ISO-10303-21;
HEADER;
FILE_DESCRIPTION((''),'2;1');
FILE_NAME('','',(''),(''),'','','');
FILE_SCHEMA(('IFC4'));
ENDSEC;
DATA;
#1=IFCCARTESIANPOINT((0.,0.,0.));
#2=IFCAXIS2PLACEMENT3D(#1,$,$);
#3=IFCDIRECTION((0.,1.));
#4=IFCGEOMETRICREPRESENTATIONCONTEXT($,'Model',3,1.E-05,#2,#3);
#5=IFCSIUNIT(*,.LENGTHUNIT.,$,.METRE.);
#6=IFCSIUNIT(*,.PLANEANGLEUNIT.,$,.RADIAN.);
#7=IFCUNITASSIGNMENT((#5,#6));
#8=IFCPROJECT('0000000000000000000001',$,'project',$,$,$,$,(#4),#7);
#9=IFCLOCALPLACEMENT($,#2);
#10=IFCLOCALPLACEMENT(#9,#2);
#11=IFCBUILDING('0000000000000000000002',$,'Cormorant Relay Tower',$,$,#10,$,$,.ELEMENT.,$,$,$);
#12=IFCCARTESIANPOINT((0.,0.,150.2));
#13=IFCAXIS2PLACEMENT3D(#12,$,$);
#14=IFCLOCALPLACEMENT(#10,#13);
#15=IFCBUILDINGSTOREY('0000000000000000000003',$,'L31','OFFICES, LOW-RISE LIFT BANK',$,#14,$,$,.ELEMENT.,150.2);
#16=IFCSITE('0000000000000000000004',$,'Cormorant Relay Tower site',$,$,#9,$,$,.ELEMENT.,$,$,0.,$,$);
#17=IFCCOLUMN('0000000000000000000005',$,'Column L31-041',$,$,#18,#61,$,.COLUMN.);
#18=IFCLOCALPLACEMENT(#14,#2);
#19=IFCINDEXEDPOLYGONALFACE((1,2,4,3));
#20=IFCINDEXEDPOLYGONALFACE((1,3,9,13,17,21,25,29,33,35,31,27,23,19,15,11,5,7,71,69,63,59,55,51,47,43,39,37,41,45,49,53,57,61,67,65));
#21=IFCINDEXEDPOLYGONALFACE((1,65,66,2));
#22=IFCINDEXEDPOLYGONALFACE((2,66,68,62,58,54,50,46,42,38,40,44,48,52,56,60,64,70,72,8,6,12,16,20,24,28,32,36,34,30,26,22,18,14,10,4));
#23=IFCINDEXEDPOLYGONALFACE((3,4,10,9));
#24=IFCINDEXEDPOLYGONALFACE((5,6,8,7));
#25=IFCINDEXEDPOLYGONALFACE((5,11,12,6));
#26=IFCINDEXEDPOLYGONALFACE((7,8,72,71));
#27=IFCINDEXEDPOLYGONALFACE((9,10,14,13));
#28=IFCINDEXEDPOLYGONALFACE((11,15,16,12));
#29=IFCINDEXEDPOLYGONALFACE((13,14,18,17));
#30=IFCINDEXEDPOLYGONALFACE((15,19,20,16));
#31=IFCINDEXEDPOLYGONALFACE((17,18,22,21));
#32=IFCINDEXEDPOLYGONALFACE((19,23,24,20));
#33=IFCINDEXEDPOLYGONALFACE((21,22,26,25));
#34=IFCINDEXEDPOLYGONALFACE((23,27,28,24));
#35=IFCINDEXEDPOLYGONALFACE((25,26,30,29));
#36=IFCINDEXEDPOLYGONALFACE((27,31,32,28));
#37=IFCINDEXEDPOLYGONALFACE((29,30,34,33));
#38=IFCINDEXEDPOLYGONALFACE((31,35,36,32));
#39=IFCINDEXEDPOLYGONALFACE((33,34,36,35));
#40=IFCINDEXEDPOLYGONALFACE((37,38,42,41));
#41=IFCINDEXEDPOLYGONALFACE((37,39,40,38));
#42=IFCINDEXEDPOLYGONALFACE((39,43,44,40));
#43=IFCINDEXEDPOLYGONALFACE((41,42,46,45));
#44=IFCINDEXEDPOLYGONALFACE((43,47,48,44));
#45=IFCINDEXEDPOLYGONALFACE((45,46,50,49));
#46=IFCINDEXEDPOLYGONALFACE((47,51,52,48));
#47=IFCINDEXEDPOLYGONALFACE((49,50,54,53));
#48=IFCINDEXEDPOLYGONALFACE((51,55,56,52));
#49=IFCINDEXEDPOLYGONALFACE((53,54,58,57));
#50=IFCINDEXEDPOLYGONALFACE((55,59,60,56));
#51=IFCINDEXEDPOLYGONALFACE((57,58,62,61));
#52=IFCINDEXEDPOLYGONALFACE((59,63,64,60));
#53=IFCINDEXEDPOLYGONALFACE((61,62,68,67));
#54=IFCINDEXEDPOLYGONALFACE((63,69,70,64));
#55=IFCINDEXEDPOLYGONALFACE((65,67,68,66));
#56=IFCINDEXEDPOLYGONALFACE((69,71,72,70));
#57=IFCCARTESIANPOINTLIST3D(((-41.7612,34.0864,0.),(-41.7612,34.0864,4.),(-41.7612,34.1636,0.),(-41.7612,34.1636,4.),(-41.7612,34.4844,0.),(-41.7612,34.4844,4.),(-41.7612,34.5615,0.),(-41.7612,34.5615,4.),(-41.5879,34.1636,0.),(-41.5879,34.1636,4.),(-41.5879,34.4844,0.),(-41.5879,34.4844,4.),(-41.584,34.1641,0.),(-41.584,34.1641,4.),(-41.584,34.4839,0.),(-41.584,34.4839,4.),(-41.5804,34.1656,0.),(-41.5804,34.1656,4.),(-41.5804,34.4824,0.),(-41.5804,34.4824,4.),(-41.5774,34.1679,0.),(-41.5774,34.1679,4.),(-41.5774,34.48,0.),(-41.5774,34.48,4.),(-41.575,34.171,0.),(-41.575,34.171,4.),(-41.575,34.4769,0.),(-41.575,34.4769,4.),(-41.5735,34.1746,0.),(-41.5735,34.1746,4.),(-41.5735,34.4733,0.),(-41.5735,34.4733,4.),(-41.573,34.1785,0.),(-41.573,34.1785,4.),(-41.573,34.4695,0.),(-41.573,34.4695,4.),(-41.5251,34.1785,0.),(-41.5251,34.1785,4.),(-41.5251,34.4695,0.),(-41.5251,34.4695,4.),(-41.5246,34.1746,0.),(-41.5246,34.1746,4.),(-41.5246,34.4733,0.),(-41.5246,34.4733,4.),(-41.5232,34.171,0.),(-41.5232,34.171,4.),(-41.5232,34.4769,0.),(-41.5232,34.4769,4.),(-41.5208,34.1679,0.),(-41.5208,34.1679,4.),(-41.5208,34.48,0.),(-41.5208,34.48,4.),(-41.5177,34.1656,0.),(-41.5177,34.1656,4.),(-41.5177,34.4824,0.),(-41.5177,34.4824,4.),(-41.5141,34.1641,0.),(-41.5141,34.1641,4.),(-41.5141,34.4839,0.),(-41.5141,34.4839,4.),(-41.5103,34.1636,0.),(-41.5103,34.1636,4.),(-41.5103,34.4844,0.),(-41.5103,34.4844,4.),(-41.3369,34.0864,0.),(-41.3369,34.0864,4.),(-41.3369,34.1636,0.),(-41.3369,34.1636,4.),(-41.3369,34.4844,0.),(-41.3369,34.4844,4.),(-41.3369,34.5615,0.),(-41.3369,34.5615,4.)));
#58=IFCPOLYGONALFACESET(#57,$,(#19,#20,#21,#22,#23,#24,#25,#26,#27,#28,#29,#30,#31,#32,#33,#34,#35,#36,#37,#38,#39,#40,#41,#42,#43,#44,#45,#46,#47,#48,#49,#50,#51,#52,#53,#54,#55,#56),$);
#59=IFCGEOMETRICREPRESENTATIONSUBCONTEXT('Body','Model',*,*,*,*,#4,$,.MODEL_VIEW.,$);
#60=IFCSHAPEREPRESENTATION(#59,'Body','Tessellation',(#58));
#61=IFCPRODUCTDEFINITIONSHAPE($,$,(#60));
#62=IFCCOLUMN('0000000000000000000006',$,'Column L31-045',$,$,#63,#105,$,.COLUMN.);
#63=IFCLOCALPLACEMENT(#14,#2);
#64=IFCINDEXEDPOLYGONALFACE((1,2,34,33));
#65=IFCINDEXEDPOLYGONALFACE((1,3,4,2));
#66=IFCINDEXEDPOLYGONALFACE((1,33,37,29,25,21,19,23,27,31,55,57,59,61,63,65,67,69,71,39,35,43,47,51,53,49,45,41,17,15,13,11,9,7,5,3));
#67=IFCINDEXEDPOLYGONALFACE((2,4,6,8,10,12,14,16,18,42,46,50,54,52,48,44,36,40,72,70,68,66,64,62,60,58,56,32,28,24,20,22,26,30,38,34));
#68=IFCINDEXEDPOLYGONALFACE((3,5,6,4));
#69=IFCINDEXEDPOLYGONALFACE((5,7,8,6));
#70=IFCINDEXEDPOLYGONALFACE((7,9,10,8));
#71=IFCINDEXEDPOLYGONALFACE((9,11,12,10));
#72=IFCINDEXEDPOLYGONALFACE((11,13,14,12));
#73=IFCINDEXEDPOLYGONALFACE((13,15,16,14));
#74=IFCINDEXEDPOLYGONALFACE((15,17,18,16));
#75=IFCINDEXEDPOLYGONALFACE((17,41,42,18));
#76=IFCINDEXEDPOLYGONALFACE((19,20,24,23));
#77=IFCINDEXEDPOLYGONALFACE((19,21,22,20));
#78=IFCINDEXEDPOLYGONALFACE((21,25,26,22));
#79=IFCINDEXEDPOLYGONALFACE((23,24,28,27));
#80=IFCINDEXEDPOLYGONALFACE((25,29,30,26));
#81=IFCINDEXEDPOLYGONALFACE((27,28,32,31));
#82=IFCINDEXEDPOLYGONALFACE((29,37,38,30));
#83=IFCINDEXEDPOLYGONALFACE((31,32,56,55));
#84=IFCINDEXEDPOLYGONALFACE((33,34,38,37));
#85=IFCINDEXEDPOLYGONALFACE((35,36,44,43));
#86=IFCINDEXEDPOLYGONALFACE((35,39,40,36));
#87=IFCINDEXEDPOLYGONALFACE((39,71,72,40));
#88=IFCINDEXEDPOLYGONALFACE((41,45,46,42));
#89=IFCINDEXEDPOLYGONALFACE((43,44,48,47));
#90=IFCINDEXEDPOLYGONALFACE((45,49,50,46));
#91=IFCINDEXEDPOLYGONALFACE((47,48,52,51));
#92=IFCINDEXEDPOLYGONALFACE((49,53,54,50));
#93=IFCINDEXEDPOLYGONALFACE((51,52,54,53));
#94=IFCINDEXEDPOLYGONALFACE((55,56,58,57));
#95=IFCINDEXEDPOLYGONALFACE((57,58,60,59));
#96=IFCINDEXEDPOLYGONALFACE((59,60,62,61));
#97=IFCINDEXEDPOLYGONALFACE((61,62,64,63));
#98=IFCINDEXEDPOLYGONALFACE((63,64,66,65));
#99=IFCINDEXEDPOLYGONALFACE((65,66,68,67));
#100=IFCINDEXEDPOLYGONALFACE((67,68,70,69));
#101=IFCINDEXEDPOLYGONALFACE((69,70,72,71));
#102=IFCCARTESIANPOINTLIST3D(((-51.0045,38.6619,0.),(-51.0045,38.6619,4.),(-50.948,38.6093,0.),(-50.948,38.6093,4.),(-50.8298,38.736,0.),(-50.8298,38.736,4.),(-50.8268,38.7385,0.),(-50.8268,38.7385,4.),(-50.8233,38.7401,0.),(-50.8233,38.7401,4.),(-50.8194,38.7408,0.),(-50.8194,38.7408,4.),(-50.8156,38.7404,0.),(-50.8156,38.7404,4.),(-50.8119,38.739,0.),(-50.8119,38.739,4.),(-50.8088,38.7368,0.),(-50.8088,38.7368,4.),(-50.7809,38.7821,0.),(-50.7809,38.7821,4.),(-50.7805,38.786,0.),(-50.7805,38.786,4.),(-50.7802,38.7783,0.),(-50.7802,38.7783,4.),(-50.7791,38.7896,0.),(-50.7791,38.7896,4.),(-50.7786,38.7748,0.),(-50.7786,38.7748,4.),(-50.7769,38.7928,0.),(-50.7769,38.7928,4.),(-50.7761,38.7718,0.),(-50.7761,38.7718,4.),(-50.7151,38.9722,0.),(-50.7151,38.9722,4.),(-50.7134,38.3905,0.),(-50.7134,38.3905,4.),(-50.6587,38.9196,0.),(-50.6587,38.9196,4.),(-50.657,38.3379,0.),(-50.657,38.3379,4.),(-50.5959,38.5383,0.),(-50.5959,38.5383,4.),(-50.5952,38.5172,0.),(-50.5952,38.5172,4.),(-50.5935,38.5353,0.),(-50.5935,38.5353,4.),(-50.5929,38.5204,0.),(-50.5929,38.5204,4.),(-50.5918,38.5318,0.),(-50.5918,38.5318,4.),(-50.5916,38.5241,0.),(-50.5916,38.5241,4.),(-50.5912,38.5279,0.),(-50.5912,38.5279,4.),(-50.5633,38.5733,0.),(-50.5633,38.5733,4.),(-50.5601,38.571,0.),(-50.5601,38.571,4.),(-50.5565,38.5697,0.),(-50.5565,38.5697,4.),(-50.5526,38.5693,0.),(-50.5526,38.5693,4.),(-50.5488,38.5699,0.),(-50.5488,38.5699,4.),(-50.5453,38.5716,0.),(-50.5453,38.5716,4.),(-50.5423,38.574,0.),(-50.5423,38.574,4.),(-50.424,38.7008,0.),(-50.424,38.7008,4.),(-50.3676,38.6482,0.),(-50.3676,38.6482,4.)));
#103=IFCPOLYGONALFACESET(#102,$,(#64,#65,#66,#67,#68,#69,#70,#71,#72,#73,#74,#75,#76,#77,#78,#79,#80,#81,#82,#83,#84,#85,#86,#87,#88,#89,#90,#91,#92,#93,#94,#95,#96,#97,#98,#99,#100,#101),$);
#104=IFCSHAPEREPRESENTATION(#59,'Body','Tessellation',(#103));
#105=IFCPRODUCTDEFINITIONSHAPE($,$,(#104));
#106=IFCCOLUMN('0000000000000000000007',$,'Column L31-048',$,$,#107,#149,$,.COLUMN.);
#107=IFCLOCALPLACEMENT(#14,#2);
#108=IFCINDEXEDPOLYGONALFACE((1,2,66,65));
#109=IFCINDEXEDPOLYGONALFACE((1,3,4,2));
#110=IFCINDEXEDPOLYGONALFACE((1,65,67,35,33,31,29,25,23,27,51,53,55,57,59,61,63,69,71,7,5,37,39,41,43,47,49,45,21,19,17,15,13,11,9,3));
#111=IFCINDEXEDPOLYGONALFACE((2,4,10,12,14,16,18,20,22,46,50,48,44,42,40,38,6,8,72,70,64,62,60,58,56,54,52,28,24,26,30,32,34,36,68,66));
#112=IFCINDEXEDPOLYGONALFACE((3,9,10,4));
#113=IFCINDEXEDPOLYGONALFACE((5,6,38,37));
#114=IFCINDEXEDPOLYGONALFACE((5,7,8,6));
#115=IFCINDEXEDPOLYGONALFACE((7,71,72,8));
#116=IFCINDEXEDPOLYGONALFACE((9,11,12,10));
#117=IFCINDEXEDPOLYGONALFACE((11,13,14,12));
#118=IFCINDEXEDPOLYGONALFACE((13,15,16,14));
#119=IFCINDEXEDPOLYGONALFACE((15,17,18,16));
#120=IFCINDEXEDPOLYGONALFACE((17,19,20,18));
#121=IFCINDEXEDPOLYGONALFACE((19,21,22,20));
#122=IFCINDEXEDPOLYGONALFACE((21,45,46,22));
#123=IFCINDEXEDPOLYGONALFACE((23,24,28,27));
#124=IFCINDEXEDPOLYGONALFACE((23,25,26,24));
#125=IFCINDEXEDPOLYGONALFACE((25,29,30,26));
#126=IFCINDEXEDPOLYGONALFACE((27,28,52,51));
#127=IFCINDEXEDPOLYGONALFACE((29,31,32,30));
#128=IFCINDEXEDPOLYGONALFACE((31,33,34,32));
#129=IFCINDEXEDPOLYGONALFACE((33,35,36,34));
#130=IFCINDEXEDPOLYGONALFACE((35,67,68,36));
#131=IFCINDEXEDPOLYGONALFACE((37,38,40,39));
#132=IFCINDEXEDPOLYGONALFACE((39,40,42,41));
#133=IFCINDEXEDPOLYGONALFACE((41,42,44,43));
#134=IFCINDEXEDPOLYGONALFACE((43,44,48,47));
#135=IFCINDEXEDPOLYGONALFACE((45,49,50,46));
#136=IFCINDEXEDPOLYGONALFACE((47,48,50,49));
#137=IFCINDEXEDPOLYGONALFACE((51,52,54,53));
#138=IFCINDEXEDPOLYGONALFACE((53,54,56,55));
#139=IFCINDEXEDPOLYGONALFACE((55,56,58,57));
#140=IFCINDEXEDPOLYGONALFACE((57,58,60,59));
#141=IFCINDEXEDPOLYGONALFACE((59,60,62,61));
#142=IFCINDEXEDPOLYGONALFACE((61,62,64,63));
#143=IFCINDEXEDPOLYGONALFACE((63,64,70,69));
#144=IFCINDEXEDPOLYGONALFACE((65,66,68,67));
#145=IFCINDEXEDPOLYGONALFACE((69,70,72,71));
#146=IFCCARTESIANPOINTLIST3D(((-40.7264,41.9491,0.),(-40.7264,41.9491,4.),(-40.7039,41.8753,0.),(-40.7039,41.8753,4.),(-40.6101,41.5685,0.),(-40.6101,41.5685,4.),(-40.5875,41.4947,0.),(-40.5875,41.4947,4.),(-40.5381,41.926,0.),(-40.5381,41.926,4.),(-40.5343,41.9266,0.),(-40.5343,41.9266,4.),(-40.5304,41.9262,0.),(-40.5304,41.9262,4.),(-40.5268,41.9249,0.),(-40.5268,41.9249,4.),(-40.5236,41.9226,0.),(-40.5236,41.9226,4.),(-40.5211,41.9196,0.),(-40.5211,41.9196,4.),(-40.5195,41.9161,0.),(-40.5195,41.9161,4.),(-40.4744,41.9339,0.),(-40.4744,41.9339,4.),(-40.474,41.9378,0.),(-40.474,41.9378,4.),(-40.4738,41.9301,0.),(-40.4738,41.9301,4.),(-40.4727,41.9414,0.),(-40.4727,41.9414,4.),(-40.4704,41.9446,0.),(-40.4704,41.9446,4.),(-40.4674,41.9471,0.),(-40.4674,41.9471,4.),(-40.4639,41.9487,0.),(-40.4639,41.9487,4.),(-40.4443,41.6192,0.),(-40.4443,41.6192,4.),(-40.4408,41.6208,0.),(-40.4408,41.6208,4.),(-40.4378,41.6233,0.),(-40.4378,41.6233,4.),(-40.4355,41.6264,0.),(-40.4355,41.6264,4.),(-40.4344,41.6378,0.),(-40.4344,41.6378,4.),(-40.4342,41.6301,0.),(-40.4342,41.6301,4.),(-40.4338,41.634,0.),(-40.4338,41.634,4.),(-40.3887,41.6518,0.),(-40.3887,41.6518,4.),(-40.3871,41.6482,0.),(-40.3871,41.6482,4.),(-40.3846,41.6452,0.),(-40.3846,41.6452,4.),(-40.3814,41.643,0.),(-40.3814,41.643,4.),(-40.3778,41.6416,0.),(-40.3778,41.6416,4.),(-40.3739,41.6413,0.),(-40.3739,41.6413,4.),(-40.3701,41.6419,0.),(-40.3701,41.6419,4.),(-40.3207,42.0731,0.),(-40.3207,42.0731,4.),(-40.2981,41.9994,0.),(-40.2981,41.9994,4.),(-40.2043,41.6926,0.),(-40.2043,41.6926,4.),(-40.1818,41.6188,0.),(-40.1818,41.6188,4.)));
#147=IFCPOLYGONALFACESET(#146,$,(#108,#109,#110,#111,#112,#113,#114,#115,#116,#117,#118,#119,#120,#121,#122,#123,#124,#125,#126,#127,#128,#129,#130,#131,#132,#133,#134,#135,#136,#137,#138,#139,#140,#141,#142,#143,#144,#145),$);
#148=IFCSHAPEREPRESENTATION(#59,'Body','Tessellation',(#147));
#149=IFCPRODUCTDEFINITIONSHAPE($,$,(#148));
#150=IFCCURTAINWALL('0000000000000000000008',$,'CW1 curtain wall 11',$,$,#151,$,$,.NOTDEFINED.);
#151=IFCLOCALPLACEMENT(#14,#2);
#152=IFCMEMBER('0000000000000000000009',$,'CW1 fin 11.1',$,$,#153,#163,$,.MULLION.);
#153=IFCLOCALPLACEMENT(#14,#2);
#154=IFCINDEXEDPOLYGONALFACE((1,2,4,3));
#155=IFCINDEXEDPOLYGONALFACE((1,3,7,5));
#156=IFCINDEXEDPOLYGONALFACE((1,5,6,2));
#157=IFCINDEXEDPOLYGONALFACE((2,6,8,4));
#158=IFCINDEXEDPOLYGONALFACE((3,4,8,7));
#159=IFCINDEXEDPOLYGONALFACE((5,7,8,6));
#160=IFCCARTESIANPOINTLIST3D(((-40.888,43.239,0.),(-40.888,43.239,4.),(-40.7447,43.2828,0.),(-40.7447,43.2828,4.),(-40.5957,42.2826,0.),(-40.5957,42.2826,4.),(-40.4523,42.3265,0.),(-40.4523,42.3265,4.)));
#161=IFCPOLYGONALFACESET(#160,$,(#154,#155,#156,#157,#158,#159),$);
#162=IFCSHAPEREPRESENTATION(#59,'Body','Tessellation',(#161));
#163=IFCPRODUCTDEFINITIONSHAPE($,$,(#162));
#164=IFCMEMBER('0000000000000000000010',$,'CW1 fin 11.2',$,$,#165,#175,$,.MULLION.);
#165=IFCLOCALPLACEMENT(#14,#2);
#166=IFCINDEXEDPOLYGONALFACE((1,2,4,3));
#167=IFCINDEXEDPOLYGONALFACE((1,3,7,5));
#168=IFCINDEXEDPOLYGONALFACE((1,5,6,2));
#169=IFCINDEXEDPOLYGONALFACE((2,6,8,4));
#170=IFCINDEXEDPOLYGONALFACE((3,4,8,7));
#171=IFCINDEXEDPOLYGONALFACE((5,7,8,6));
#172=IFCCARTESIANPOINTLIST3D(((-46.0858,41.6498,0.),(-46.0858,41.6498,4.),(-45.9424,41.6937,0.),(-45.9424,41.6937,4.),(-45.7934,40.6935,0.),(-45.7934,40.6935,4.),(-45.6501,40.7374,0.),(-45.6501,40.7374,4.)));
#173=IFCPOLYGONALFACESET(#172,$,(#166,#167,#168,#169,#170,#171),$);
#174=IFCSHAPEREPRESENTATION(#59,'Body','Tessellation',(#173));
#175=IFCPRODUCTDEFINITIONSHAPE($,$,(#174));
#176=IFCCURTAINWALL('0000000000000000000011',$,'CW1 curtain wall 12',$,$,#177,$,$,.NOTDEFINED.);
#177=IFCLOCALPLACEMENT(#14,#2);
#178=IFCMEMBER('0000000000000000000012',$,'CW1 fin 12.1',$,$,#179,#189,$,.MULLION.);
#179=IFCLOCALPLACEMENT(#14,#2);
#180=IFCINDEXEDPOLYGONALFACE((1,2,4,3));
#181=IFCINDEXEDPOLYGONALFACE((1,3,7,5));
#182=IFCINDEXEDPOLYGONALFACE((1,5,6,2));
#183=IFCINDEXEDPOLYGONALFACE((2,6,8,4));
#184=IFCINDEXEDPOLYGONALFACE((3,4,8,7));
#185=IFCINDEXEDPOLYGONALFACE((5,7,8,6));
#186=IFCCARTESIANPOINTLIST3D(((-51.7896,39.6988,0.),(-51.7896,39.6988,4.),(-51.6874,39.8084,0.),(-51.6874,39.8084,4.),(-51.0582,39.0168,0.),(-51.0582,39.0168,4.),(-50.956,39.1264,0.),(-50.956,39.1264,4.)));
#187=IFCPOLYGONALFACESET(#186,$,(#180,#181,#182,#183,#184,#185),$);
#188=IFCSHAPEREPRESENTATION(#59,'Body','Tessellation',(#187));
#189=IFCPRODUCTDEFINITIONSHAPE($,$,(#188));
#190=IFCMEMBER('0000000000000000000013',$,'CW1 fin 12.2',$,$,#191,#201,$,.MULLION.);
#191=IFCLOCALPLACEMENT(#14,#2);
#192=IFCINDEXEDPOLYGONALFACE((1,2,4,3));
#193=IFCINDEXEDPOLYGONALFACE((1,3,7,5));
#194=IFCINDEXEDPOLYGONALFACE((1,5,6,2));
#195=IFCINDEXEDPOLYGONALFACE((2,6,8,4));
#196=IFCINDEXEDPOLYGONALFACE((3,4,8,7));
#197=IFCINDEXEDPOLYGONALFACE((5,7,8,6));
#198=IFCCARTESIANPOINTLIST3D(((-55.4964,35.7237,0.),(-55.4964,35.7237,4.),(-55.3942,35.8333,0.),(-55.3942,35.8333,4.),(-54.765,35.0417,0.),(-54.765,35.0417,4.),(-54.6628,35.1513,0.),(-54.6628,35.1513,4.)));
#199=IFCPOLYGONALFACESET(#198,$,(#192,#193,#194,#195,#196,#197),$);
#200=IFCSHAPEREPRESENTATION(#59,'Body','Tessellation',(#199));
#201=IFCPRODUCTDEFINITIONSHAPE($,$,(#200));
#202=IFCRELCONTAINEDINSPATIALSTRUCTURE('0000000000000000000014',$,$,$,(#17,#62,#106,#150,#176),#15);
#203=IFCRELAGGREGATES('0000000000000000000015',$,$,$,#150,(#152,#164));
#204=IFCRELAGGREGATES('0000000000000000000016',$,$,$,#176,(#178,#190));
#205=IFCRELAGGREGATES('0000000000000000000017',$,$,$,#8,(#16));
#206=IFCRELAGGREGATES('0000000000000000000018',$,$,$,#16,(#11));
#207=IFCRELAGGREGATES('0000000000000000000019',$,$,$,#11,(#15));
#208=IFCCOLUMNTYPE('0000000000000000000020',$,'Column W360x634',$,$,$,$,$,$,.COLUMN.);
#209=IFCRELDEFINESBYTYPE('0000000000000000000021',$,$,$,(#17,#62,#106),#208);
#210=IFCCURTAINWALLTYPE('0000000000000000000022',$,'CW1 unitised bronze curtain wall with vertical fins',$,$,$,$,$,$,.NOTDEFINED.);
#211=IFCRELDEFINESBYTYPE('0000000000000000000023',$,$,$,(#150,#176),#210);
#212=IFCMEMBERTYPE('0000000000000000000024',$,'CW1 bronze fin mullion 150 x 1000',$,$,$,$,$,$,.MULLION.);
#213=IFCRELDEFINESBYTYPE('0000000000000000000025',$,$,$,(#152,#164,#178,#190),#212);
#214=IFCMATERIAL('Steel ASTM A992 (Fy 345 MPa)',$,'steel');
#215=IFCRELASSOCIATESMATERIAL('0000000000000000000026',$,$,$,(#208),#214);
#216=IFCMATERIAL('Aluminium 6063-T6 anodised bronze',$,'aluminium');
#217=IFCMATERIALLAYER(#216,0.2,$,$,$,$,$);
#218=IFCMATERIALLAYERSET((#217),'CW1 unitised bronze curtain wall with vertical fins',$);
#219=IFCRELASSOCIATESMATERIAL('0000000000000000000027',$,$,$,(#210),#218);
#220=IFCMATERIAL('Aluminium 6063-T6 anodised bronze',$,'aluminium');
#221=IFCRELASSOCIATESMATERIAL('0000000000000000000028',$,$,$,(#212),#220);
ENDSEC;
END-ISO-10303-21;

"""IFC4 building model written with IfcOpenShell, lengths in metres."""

from ifc_helpers import new_model, si_unit, direction, frame, origin, origin_2d, place, context, subcontext, project, spatial, rectangle, i_section, extrude, material, layer, layer_set, material_profile, profile_set, type_object, element, aggregate, save


model = new_model("IFC4")

# Units and contexts
model_context = context("Model", 3, precision=1e-05, world=origin(), true_north=direction((0.0, 1.0)))
body_context = subcontext(model_context, "Body", "Model", "MODEL_VIEW")
ifc_project = project(units=[si_unit("LENGTHUNIT", "METRE"), si_unit("PLANEANGLEUNIT", "RADIAN")], contexts=[model_context])

# Site, building, storey
site_placement = place(None, origin())
site = spatial("IfcSite", under=ifc_project, at=site_placement, Name="Cormorant Relay Tower site", CompositionType="ELEMENT", RefElevation=0.0)
building_placement = place(site_placement, origin())
building = spatial("IfcBuilding", under=site, at=building_placement, Name="Cormorant Relay Tower", CompositionType="ELEMENT")
storey_placement = place(building_placement, frame((0.0, 0.0, 150.2)))
storey = spatial("IfcBuildingStorey", under=building, at=storey_placement, Name="L31", Description="OFFICES, LOW-RISE LIFT BANK", CompositionType="ELEMENT", Elevation=150.2)

# Columns
ifc_material_1 = material(Name="Steel ASTM A992 (Fy 345 MPa)", Category="steel")
ifc_material_profile_1 = material_profile(ifc_material_1, i_section(OverallWidth=0.4243, OverallDepth=0.4751, WebThickness=0.0479, FlangeThickness=0.0771, FilletRadius=0.0149, at=origin_2d()), Name="W360x634")
ifc_profile_set_1 = profile_set([ifc_material_profile_1], Name="Steel ASTM A992 (Fy 345 MPa)")
column_type = type_object("IfcColumnType", Name="Column W360x634", PredefinedType="COLUMN", material=ifc_profile_set_1)
for number, where, z_axis, x_axis, name in (
    (1, (-41.5491, 34.324, 0.0), (0.0, 0.0, 1.0), (1.0, 0.0, 0.0), "Column L31-041"),
    (2, (-50.686, 38.655, 0.0), (0.0, 0.0, 1.0), (-0.681998, -0.731354, 0.0), "Column L31-045"),
    (3, (-40.4541, 41.7839, 0.0), (0.0, 0.0, 1.0), (-0.956305, -0.292372, 0.0), "Column L31-048"),
):
    element("IfcColumn", number, at=place(storey_placement, frame(where, z_axis=z_axis, x_axis=x_axis)), inside=storey, type_object=column_type, Name=name, PredefinedType="COLUMN", context=body_context, shape_type="SweptSolid", body=[
        extrude(i_section(OverallWidth=0.4243, OverallDepth=0.4751, WebThickness=0.0479, FlangeThickness=0.0771, FilletRadius=0.0149, at=origin_2d()), origin(), (0.0, 0.0, 1.0), 4.0),
    ])

# Curtain walls, members
ifc_material_2 = material(Name="Aluminium 6063-T6 anodised bronze", Category="aluminium")
ifc_layer_1 = layer(ifc_material_2, 0.2)
ifc_layer_set_1 = layer_set([ifc_layer_1], Name="CW1 unitised bronze curtain wall with vertical fins")
curtain_wall_type = type_object("IfcCurtainWallType", Name="CW1 unitised bronze curtain wall with vertical fins", PredefinedType="NOTDEFINED", material=ifc_layer_set_1)
curtain_wall_1_placement = place(storey_placement, origin())
curtain_wall_1 = element("IfcCurtainWall", 4, at=curtain_wall_1_placement, inside=storey, type_object=curtain_wall_type, Name="CW1 curtain wall 11", PredefinedType="NOTDEFINED")
ifc_material_3 = material(Name="Aluminium 6063-T6 anodised bronze", Category="aluminium")
ifc_material_profile_2 = material_profile(ifc_material_3, rectangle(XDim=0.1499, YDim=1.0, at=origin_2d()), Name="AL 150x1000")
ifc_profile_set_2 = profile_set([ifc_material_profile_2], Name="Aluminium 6063-T6 anodised bronze")
member_type_1 = type_object("IfcMemberType", Name="CW1 bronze fin mullion 150 x 1000", PredefinedType="MULLION", material=ifc_profile_set_2)
member_1_placement = place(storey_placement, frame((-40.6702, 42.7827, 0.0), z_axis=(0.0, 0.0, 1.0), x_axis=(-0.956305, -0.292372, 0.0)))
member_1 = element("IfcMember", 5, at=member_1_placement, type_object=member_type_1, Name="CW1 fin 11.1", PredefinedType="MULLION", context=body_context, shape_type="SweptSolid", body=[
    extrude(rectangle(XDim=0.1499, YDim=1.0, at=origin_2d()), origin(), (0.0, 0.0, 1.0), 4.0),
])
member_2_placement = place(storey_placement, frame((-45.8679, 41.1936, 0.0), z_axis=(0.0, 0.0, 1.0), x_axis=(-0.956305, -0.292372, 0.0)))
member_2 = element("IfcMember", 6, at=member_2_placement, type_object=member_type_1, Name="CW1 fin 11.2", PredefinedType="MULLION", context=body_context, shape_type="SweptSolid", body=[
    extrude(rectangle(XDim=0.1499, YDim=1.0, at=origin_2d()), origin(), (0.0, 0.0, 1.0), 4.0),
])
curtain_wall_2_placement = place(storey_placement, origin())
curtain_wall_2 = element("IfcCurtainWall", 7, at=curtain_wall_2_placement, inside=storey, type_object=curtain_wall_type, Name="CW1 curtain wall 12", PredefinedType="NOTDEFINED")
member_3_placement = place(storey_placement, frame((-51.3728, 39.4126, 0.0), z_axis=(0.0, 0.0, 1.0), x_axis=(-0.681998, -0.731354, 0.0)))
member_3 = element("IfcMember", 8, at=member_3_placement, type_object=member_type_1, Name="CW1 fin 12.1", PredefinedType="MULLION", context=body_context, shape_type="SweptSolid", body=[
    extrude(rectangle(XDim=0.1499, YDim=1.0, at=origin_2d()), origin(), (0.0, 0.0, 1.0), 4.0),
])
member_4_placement = place(storey_placement, frame((-55.0796, 35.4375, 0.0), z_axis=(0.0, 0.0, 1.0), x_axis=(-0.681998, -0.731354, 0.0)))
member_4 = element("IfcMember", 9, at=member_4_placement, type_object=member_type_1, Name="CW1 fin 12.2", PredefinedType="MULLION", context=body_context, shape_type="SweptSolid", body=[
    extrude(rectangle(XDim=0.1499, YDim=1.0, at=origin_2d()), origin(), (0.0, 0.0, 1.0), 4.0),
])

aggregate(curtain_wall_1, [member_1, member_2])
aggregate(curtain_wall_2, [member_3, member_4])

save(model, "model.ifc")
